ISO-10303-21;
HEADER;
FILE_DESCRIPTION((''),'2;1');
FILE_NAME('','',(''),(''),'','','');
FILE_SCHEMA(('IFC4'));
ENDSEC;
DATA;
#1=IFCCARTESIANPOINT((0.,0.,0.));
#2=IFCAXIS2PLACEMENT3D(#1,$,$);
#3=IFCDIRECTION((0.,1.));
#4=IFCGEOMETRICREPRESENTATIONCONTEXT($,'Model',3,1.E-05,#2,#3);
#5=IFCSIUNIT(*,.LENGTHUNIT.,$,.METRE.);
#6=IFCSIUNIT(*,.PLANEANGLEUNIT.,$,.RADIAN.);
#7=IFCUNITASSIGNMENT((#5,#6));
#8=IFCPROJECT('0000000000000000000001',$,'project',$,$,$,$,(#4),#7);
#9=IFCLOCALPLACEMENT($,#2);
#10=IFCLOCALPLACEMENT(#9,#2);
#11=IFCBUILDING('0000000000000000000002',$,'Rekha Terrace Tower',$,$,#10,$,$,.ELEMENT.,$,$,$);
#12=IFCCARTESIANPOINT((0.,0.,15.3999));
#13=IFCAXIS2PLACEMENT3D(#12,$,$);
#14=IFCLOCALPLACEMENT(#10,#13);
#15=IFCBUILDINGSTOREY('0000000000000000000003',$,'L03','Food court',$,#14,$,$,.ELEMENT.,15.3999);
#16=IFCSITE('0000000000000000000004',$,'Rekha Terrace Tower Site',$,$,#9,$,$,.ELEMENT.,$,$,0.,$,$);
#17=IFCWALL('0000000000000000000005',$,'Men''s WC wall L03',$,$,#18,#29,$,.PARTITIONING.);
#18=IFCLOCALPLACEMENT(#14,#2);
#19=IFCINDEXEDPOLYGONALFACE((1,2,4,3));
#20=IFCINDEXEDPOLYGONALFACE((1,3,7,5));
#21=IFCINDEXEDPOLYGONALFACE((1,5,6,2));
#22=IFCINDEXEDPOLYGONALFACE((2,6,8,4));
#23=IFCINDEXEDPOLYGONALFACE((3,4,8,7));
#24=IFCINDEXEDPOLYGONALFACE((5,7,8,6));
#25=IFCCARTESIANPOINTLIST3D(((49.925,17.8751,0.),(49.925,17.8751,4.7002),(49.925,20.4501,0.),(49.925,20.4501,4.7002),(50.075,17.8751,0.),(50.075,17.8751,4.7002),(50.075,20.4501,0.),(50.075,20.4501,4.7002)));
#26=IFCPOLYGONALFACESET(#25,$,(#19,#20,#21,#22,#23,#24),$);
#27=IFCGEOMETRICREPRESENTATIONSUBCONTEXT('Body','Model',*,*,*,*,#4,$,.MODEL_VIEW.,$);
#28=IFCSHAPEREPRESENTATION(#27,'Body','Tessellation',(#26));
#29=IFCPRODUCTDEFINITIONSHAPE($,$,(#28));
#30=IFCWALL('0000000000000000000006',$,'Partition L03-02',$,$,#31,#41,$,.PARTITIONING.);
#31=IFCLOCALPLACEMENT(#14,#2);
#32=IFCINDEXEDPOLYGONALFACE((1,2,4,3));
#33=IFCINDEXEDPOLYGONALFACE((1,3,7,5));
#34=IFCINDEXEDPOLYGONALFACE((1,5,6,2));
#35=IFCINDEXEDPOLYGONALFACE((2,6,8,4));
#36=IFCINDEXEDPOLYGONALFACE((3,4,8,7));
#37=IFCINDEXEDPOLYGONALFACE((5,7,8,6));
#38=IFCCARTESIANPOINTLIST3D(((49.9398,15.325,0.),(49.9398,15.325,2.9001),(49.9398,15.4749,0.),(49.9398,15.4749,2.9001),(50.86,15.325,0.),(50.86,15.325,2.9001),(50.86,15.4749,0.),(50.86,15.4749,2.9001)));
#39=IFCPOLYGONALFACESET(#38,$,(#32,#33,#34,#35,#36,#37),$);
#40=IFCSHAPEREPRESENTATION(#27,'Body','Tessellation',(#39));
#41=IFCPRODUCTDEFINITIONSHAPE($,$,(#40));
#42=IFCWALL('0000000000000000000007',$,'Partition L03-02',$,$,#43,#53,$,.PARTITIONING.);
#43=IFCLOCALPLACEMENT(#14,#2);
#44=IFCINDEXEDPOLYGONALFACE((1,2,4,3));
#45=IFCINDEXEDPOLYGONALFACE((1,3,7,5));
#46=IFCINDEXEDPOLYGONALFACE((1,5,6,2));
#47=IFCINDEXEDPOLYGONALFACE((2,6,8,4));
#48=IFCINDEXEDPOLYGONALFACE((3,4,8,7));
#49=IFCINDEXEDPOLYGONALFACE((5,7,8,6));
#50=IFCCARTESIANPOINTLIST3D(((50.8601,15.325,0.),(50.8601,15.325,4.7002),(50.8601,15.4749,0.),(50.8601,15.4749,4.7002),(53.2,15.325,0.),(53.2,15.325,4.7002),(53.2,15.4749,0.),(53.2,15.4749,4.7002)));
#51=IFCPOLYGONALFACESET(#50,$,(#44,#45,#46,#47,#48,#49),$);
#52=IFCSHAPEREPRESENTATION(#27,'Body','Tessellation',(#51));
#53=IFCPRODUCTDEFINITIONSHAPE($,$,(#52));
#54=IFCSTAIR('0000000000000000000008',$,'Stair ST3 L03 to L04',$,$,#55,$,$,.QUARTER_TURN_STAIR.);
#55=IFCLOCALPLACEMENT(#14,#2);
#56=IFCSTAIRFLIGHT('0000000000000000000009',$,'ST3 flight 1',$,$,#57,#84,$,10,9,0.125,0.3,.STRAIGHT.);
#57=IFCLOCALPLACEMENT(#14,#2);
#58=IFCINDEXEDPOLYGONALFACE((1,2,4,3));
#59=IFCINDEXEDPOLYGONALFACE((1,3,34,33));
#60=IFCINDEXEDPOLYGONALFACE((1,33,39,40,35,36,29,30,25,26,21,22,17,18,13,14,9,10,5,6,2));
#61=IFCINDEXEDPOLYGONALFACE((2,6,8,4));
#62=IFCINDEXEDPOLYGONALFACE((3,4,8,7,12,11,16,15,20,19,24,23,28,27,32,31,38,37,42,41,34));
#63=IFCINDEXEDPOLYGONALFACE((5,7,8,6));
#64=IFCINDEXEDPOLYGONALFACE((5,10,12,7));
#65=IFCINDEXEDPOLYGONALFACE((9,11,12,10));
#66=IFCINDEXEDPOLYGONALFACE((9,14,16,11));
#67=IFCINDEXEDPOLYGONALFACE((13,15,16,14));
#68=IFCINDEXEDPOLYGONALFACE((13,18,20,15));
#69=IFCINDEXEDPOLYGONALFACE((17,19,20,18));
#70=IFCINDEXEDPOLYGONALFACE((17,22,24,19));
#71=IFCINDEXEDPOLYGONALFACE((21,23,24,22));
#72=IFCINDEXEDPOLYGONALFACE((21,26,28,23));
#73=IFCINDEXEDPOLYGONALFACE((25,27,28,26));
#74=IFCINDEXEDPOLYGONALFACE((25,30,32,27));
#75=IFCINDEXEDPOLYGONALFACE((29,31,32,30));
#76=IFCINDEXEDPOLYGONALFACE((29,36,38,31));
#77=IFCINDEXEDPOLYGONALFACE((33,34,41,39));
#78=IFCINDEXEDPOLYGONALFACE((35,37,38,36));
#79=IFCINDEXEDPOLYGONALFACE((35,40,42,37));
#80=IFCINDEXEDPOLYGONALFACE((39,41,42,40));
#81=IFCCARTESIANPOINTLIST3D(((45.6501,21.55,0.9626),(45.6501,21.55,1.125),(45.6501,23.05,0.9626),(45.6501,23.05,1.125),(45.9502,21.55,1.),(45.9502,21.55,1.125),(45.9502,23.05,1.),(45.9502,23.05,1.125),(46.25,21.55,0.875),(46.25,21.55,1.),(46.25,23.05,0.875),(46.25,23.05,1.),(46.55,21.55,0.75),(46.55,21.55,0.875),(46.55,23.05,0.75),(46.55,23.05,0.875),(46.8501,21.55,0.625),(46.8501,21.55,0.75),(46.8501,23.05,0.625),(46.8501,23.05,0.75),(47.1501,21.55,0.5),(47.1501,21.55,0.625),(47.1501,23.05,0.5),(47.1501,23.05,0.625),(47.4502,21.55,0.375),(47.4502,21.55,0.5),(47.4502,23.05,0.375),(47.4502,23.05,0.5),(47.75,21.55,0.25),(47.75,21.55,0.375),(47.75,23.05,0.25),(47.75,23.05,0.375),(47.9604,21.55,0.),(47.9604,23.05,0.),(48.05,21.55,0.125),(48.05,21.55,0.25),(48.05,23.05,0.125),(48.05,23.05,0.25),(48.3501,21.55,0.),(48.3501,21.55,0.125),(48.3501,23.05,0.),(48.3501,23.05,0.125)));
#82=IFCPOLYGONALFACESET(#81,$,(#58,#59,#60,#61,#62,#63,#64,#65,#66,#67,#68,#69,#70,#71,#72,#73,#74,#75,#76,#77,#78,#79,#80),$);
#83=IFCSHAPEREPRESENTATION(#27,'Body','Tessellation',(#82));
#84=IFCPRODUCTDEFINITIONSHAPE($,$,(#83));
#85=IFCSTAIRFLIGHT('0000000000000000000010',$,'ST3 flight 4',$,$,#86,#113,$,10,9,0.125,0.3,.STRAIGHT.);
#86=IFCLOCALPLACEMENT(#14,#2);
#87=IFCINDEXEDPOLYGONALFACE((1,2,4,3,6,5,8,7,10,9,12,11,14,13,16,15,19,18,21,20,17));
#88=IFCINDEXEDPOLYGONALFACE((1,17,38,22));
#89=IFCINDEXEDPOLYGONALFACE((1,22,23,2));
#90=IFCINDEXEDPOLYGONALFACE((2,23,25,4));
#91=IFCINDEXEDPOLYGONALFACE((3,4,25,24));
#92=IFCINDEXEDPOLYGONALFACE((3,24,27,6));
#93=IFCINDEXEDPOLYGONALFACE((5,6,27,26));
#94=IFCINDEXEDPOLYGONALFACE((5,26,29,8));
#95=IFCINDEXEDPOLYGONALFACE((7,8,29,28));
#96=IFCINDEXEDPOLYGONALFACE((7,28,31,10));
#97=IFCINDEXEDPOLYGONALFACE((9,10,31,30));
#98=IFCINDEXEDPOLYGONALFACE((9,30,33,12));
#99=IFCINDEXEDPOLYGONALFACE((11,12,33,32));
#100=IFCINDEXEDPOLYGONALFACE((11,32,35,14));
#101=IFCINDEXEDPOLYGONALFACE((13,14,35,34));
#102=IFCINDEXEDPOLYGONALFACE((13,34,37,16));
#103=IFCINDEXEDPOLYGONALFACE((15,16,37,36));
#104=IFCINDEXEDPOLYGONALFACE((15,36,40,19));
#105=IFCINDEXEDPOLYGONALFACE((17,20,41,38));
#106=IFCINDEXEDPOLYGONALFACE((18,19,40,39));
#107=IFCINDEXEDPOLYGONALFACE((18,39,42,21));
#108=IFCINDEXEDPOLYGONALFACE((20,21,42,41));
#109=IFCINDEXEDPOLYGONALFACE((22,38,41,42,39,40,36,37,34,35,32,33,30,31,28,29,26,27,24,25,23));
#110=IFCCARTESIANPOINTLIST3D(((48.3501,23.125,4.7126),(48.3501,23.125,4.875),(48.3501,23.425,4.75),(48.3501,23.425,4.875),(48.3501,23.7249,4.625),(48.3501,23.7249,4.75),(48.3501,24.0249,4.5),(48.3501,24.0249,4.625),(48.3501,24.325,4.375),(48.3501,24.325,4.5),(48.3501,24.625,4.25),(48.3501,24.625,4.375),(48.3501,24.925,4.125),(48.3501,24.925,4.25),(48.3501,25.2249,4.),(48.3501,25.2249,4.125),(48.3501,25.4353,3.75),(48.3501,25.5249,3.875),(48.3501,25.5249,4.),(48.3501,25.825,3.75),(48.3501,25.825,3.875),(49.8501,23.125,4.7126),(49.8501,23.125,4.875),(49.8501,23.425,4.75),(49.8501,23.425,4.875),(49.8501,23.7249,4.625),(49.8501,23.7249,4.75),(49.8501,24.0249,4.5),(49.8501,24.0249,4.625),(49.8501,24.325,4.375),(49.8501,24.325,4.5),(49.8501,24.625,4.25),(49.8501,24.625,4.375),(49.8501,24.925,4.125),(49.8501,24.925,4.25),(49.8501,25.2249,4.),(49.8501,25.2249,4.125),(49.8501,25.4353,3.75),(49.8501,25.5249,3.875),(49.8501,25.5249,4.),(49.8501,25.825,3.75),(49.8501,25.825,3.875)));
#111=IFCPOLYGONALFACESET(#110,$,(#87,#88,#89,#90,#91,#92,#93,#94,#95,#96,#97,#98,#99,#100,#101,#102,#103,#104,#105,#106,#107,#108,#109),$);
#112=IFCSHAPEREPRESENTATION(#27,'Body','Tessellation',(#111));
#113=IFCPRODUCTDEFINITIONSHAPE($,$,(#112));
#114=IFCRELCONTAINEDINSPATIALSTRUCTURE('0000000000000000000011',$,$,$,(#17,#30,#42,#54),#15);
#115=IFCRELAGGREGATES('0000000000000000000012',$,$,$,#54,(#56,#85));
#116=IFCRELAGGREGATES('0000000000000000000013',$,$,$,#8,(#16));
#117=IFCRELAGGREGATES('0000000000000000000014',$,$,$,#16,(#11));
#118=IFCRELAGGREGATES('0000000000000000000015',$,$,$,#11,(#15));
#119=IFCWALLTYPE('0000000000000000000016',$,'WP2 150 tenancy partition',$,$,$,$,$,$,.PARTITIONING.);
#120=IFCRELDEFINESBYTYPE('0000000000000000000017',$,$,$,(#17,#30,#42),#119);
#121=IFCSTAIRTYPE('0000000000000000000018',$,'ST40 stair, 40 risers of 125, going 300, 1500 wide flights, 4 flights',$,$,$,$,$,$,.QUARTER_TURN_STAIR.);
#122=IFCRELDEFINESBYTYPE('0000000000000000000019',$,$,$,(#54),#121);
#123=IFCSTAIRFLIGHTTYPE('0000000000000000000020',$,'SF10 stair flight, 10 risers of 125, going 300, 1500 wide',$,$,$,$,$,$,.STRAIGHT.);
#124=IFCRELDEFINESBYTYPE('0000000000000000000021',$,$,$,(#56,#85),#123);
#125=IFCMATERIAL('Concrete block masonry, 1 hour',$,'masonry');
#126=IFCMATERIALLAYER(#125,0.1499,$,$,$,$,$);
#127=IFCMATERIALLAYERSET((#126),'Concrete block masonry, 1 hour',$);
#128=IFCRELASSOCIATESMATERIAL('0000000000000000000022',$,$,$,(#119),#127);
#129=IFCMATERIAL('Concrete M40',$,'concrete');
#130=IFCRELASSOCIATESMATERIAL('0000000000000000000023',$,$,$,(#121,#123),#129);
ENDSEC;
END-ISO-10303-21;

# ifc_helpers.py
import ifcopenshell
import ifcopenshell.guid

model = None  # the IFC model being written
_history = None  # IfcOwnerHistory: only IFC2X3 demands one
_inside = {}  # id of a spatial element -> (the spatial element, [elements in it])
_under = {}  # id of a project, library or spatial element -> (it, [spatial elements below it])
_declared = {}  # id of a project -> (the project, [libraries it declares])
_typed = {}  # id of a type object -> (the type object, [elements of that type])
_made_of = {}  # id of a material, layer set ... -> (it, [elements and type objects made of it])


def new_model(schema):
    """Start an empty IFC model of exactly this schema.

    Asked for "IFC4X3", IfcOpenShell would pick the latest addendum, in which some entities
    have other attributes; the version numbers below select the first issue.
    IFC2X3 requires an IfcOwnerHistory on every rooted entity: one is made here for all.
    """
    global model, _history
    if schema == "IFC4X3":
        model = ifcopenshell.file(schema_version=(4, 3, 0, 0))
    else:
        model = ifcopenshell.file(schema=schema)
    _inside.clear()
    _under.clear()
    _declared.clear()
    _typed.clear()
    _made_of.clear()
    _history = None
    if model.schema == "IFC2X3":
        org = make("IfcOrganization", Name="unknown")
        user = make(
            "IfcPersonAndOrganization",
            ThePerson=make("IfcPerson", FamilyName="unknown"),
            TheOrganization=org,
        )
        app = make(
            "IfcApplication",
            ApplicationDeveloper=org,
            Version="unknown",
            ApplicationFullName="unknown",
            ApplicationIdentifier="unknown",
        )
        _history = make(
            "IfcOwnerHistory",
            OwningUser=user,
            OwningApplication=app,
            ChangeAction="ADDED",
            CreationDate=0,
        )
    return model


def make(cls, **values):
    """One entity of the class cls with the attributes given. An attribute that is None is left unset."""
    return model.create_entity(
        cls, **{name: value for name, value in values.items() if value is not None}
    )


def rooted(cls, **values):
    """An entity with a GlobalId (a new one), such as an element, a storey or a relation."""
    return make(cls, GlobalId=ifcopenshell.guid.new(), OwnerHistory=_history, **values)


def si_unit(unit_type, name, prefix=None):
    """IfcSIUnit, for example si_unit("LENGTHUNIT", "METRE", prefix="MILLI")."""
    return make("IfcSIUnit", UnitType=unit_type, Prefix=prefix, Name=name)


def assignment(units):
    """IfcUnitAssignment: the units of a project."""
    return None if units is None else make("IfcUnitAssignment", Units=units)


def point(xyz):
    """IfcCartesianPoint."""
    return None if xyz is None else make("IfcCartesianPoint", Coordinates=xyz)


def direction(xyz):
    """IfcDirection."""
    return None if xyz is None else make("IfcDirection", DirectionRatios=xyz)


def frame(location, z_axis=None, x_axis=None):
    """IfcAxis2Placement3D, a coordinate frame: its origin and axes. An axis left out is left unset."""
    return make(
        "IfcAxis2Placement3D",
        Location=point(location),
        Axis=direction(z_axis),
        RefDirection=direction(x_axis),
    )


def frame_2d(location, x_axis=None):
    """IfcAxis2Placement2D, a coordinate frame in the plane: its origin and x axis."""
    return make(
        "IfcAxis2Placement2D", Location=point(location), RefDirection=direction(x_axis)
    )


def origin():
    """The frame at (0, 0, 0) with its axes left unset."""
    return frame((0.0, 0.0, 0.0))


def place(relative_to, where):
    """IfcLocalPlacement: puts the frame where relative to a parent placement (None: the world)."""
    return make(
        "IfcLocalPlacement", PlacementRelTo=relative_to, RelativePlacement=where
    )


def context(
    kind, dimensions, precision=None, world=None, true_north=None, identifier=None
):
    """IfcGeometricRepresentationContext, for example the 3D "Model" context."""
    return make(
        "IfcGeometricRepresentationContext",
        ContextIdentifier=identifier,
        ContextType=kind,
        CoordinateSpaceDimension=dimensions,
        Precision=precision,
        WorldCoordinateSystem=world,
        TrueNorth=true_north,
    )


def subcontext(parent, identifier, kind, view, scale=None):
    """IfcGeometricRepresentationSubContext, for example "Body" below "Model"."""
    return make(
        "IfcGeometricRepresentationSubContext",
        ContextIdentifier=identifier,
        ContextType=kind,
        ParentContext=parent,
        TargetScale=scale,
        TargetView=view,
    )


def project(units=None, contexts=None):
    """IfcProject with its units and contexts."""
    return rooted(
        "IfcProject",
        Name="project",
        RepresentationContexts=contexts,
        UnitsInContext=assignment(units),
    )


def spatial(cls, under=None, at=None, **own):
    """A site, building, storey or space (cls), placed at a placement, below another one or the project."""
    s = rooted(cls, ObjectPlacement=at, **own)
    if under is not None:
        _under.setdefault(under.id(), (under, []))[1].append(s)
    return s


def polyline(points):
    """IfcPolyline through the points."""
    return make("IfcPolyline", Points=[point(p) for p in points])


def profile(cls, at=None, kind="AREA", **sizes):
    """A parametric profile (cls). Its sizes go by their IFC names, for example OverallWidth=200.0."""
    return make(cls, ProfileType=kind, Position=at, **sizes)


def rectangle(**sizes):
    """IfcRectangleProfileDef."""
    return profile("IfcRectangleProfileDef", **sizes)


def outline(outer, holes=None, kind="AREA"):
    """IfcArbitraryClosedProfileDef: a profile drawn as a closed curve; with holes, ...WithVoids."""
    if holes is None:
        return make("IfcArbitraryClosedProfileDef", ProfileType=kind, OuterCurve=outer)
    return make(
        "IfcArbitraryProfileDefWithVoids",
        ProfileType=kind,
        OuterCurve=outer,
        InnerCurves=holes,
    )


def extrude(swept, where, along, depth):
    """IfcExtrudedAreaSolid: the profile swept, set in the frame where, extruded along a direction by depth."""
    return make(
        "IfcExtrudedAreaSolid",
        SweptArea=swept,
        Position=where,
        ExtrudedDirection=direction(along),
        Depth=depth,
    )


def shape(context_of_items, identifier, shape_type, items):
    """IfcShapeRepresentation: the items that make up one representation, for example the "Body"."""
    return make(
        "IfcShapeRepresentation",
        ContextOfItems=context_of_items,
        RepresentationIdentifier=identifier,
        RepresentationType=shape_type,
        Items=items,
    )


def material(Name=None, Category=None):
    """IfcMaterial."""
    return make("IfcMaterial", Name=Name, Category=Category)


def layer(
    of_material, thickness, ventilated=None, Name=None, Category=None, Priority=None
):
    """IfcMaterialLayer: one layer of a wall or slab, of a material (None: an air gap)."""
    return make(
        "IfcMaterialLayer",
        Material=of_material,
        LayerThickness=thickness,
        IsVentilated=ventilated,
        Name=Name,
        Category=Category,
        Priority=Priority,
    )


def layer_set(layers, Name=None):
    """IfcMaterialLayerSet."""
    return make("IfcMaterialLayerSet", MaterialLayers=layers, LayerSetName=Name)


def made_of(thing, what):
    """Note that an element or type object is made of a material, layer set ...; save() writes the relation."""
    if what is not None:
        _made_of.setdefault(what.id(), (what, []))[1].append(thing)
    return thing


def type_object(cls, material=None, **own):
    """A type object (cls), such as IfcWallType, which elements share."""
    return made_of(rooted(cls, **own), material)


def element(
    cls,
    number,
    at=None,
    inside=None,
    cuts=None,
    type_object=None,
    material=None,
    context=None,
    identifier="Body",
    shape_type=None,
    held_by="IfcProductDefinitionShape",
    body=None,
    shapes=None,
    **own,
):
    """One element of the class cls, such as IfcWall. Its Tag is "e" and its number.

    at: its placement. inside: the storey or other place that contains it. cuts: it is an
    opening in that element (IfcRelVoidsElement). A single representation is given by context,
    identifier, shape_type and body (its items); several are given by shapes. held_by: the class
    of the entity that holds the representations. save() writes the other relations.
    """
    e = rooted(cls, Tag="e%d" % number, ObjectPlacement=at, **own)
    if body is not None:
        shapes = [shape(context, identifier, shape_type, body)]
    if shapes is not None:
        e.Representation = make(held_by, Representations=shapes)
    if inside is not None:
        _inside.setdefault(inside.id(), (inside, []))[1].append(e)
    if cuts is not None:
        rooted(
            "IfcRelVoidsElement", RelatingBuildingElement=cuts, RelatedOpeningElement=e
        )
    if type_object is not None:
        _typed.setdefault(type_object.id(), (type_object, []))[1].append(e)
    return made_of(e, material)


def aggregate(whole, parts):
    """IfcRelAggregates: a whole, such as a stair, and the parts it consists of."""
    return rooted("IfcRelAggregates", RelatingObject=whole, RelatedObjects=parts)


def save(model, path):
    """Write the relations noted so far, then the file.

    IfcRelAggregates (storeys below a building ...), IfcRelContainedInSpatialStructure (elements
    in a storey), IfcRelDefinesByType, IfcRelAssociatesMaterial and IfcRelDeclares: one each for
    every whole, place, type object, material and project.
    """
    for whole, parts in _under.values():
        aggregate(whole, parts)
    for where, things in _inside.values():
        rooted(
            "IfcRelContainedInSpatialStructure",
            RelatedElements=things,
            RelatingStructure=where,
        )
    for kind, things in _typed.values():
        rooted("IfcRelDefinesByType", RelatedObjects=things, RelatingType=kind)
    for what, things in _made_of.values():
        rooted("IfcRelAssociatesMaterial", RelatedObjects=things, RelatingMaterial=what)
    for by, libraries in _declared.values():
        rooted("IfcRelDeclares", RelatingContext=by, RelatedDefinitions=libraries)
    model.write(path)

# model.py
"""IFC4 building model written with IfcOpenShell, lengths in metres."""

from ifc_helpers import new_model, si_unit, direction, frame, frame_2d, origin, place, context, subcontext, project, spatial, polyline, rectangle, outline, extrude, material, layer, layer_set, type_object, element, aggregate, save


model = new_model("IFC4")

# Units and contexts
model_context = context("Model", 3, precision=1e-05, world=origin(), true_north=direction((0.0, 1.0)))
body_context = subcontext(model_context, "Body", "Model", "MODEL_VIEW")
ifc_project = project(units=[si_unit("LENGTHUNIT", "METRE"), si_unit("PLANEANGLEUNIT", "RADIAN")], contexts=[model_context])

# Site, building, storey
site_placement = place(None, origin())
site = spatial("IfcSite", under=ifc_project, at=site_placement, Name="Rekha Terrace Tower Site", CompositionType="ELEMENT", RefElevation=0.0)
building_placement = place(site_placement, origin())
building = spatial("IfcBuilding", under=site, at=building_placement, Name="Rekha Terrace Tower", CompositionType="ELEMENT")
storey_placement = place(building_placement, frame((0.0, 0.0, 15.3999)))
storey = spatial("IfcBuildingStorey", under=building, at=storey_placement, Name="L03", Description="Food court", CompositionType="ELEMENT", Elevation=15.3999)

# Walls
ifc_material_1 = material(Name="Concrete block masonry, 1 hour", Category="masonry")
ifc_layer_1 = layer(ifc_material_1, 0.1499)
ifc_layer_set_1 = layer_set([ifc_layer_1], Name="Concrete block masonry, 1 hour")
wall_type_1 = type_object("IfcWallType", Name="WP2 150 tenancy partition", PredefinedType="PARTITIONING", material=ifc_layer_set_1)
wall_1_placement = place(storey_placement, frame((50.0, 17.875, 0.0), z_axis=(0.0, 0.0, 1.0), x_axis=(0.0, 1.0, 0.0)))
element("IfcWall", 1, at=wall_1_placement, inside=storey, type_object=wall_type_1, Name="Men's WC wall L03", PredefinedType="PARTITIONING", context=body_context, shape_type="SweptSolid", body=[
    extrude(rectangle(XDim=2.575, YDim=0.1499, at=frame_2d((1.2876, 0.0))), origin(), (0.0, 0.0, 1.0), 4.7002),
])
wall_2_placement = place(storey_placement, frame((49.9399, 15.3999, 0.0), z_axis=(0.0, 0.0, 1.0), x_axis=(1.0, 0.0, 0.0)))
element("IfcWall", 2, at=wall_2_placement, inside=storey, type_object=wall_type_1, Name="Partition L03-02", PredefinedType="PARTITIONING", context=body_context, shape_type="SweptSolid", body=[
    extrude(rectangle(XDim=0.9202, YDim=0.1499, at=frame_2d((0.46, 0.0))), origin(), (0.0, 0.0, 1.0), 2.9001),
])
wall_3_placement = place(storey_placement, frame((50.8601, 15.3999, 0.0), z_axis=(0.0, 0.0, 1.0), x_axis=(1.0, 0.0, 0.0)))
element("IfcWall", 3, at=wall_3_placement, inside=storey, type_object=wall_type_1, Name="Partition L03-02", PredefinedType="PARTITIONING", context=body_context, shape_type="SweptSolid", body=[
    extrude(rectangle(XDim=2.3398, YDim=0.1499, at=frame_2d((1.1699, 0.0))), origin(), (0.0, 0.0, 1.0), 4.7002),
])

# Stair, stair flights
ifc_material_2 = material(Name="Concrete M40", Category="concrete")
stair_type = type_object("IfcStairType", Name="ST40 stair, 40 risers of 125, going 300, 1500 wide flights, 4 flights", PredefinedType="QUARTER_TURN_STAIR", material=ifc_material_2)
stair_placement = place(storey_placement, origin())
stair = element("IfcStair", 4, at=stair_placement, inside=storey, type_object=stair_type, Name="Stair ST3 L03 to L04", PredefinedType="QUARTER_TURN_STAIR")
stair_flight_type = type_object("IfcStairFlightType", Name="SF10 stair flight, 10 risers of 125, going 300, 1500 wide", PredefinedType="STRAIGHT", material=ifc_material_2)
stair_flight_1_placement = place(storey_placement, frame((48.3501, 22.3, 0.0), z_axis=(0.0, 0.0, 1.0), x_axis=(-1.0, 0.0, 0.0)))
stair_flight_1 = element("IfcStairFlight", 5, at=stair_flight_1_placement, type_object=stair_flight_type, Name="ST3 flight 1", NumberOfRisers=10, NumberOfTreads=9, PredefinedType="STRAIGHT", RiserHeight=0.125, TreadLength=0.3, context=body_context, shape_type="SweptSolid", body=[
    extrude(outline(polyline([(0.0, 0.0), (0.0, 0.125), (0.3, 0.125), (0.3, 0.25), (0.6001, 0.25), (0.6001, 0.375), (0.8999, 0.375), (0.8999, 0.5), (1.2, 0.5), (1.2, 0.625), (1.5, 0.625), (1.5, 0.75), (1.8, 0.75), (1.8, 0.875), (2.1001, 0.875), (2.1001, 1.0), (2.3999, 1.0), (2.3999, 1.125), (2.7, 1.125), (2.7, 1.25), (2.7, 0.9626), (0.3896, 0.0), (0.0, 0.0)])), frame((0.0, 0.75, 0.0), z_axis=(0.0, -1.0, 0.0), x_axis=(1.0, 0.0, 0.0)), (0.0, 0.0, 1.0), 1.5),
])
stair_flight_2_placement = place(storey_placement, frame((49.1001, 25.825, 3.75), z_axis=(0.0, 0.0, 1.0), x_axis=(0.0, -1.0, 0.0)))
stair_flight_2 = element("IfcStairFlight", 6, at=stair_flight_2_placement, type_object=stair_flight_type, Name="ST3 flight 4", NumberOfRisers=10, NumberOfTreads=9, PredefinedType="STRAIGHT", RiserHeight=0.125, TreadLength=0.3, context=body_context, shape_type="SweptSolid", body=[
    extrude(outline(polyline([(0.0, 0.0), (0.0, 0.125), (0.3, 0.125), (0.3, 0.25), (0.6001, 0.25), (0.6001, 0.375), (0.8999, 0.375), (0.8999, 0.5), (1.2, 0.5), (1.2, 0.625), (1.5, 0.625), (1.5, 0.75), (1.8, 0.75), (1.8, 0.875), (2.1001, 0.875), (2.1001, 1.0), (2.3999, 1.0), (2.3999, 1.125), (2.7, 1.125), (2.7, 1.25), (2.7, 0.9626), (0.3896, 0.0), (0.0, 0.0)])), frame((0.0, 0.75, 0.0), z_axis=(0.0, -1.0, 0.0), x_axis=(1.0, 0.0, 0.0)), (0.0, 0.0, 1.0), 1.5),
])
aggregate(stair, [stair_flight_1, stair_flight_2])

save(model, "model.ifc")
